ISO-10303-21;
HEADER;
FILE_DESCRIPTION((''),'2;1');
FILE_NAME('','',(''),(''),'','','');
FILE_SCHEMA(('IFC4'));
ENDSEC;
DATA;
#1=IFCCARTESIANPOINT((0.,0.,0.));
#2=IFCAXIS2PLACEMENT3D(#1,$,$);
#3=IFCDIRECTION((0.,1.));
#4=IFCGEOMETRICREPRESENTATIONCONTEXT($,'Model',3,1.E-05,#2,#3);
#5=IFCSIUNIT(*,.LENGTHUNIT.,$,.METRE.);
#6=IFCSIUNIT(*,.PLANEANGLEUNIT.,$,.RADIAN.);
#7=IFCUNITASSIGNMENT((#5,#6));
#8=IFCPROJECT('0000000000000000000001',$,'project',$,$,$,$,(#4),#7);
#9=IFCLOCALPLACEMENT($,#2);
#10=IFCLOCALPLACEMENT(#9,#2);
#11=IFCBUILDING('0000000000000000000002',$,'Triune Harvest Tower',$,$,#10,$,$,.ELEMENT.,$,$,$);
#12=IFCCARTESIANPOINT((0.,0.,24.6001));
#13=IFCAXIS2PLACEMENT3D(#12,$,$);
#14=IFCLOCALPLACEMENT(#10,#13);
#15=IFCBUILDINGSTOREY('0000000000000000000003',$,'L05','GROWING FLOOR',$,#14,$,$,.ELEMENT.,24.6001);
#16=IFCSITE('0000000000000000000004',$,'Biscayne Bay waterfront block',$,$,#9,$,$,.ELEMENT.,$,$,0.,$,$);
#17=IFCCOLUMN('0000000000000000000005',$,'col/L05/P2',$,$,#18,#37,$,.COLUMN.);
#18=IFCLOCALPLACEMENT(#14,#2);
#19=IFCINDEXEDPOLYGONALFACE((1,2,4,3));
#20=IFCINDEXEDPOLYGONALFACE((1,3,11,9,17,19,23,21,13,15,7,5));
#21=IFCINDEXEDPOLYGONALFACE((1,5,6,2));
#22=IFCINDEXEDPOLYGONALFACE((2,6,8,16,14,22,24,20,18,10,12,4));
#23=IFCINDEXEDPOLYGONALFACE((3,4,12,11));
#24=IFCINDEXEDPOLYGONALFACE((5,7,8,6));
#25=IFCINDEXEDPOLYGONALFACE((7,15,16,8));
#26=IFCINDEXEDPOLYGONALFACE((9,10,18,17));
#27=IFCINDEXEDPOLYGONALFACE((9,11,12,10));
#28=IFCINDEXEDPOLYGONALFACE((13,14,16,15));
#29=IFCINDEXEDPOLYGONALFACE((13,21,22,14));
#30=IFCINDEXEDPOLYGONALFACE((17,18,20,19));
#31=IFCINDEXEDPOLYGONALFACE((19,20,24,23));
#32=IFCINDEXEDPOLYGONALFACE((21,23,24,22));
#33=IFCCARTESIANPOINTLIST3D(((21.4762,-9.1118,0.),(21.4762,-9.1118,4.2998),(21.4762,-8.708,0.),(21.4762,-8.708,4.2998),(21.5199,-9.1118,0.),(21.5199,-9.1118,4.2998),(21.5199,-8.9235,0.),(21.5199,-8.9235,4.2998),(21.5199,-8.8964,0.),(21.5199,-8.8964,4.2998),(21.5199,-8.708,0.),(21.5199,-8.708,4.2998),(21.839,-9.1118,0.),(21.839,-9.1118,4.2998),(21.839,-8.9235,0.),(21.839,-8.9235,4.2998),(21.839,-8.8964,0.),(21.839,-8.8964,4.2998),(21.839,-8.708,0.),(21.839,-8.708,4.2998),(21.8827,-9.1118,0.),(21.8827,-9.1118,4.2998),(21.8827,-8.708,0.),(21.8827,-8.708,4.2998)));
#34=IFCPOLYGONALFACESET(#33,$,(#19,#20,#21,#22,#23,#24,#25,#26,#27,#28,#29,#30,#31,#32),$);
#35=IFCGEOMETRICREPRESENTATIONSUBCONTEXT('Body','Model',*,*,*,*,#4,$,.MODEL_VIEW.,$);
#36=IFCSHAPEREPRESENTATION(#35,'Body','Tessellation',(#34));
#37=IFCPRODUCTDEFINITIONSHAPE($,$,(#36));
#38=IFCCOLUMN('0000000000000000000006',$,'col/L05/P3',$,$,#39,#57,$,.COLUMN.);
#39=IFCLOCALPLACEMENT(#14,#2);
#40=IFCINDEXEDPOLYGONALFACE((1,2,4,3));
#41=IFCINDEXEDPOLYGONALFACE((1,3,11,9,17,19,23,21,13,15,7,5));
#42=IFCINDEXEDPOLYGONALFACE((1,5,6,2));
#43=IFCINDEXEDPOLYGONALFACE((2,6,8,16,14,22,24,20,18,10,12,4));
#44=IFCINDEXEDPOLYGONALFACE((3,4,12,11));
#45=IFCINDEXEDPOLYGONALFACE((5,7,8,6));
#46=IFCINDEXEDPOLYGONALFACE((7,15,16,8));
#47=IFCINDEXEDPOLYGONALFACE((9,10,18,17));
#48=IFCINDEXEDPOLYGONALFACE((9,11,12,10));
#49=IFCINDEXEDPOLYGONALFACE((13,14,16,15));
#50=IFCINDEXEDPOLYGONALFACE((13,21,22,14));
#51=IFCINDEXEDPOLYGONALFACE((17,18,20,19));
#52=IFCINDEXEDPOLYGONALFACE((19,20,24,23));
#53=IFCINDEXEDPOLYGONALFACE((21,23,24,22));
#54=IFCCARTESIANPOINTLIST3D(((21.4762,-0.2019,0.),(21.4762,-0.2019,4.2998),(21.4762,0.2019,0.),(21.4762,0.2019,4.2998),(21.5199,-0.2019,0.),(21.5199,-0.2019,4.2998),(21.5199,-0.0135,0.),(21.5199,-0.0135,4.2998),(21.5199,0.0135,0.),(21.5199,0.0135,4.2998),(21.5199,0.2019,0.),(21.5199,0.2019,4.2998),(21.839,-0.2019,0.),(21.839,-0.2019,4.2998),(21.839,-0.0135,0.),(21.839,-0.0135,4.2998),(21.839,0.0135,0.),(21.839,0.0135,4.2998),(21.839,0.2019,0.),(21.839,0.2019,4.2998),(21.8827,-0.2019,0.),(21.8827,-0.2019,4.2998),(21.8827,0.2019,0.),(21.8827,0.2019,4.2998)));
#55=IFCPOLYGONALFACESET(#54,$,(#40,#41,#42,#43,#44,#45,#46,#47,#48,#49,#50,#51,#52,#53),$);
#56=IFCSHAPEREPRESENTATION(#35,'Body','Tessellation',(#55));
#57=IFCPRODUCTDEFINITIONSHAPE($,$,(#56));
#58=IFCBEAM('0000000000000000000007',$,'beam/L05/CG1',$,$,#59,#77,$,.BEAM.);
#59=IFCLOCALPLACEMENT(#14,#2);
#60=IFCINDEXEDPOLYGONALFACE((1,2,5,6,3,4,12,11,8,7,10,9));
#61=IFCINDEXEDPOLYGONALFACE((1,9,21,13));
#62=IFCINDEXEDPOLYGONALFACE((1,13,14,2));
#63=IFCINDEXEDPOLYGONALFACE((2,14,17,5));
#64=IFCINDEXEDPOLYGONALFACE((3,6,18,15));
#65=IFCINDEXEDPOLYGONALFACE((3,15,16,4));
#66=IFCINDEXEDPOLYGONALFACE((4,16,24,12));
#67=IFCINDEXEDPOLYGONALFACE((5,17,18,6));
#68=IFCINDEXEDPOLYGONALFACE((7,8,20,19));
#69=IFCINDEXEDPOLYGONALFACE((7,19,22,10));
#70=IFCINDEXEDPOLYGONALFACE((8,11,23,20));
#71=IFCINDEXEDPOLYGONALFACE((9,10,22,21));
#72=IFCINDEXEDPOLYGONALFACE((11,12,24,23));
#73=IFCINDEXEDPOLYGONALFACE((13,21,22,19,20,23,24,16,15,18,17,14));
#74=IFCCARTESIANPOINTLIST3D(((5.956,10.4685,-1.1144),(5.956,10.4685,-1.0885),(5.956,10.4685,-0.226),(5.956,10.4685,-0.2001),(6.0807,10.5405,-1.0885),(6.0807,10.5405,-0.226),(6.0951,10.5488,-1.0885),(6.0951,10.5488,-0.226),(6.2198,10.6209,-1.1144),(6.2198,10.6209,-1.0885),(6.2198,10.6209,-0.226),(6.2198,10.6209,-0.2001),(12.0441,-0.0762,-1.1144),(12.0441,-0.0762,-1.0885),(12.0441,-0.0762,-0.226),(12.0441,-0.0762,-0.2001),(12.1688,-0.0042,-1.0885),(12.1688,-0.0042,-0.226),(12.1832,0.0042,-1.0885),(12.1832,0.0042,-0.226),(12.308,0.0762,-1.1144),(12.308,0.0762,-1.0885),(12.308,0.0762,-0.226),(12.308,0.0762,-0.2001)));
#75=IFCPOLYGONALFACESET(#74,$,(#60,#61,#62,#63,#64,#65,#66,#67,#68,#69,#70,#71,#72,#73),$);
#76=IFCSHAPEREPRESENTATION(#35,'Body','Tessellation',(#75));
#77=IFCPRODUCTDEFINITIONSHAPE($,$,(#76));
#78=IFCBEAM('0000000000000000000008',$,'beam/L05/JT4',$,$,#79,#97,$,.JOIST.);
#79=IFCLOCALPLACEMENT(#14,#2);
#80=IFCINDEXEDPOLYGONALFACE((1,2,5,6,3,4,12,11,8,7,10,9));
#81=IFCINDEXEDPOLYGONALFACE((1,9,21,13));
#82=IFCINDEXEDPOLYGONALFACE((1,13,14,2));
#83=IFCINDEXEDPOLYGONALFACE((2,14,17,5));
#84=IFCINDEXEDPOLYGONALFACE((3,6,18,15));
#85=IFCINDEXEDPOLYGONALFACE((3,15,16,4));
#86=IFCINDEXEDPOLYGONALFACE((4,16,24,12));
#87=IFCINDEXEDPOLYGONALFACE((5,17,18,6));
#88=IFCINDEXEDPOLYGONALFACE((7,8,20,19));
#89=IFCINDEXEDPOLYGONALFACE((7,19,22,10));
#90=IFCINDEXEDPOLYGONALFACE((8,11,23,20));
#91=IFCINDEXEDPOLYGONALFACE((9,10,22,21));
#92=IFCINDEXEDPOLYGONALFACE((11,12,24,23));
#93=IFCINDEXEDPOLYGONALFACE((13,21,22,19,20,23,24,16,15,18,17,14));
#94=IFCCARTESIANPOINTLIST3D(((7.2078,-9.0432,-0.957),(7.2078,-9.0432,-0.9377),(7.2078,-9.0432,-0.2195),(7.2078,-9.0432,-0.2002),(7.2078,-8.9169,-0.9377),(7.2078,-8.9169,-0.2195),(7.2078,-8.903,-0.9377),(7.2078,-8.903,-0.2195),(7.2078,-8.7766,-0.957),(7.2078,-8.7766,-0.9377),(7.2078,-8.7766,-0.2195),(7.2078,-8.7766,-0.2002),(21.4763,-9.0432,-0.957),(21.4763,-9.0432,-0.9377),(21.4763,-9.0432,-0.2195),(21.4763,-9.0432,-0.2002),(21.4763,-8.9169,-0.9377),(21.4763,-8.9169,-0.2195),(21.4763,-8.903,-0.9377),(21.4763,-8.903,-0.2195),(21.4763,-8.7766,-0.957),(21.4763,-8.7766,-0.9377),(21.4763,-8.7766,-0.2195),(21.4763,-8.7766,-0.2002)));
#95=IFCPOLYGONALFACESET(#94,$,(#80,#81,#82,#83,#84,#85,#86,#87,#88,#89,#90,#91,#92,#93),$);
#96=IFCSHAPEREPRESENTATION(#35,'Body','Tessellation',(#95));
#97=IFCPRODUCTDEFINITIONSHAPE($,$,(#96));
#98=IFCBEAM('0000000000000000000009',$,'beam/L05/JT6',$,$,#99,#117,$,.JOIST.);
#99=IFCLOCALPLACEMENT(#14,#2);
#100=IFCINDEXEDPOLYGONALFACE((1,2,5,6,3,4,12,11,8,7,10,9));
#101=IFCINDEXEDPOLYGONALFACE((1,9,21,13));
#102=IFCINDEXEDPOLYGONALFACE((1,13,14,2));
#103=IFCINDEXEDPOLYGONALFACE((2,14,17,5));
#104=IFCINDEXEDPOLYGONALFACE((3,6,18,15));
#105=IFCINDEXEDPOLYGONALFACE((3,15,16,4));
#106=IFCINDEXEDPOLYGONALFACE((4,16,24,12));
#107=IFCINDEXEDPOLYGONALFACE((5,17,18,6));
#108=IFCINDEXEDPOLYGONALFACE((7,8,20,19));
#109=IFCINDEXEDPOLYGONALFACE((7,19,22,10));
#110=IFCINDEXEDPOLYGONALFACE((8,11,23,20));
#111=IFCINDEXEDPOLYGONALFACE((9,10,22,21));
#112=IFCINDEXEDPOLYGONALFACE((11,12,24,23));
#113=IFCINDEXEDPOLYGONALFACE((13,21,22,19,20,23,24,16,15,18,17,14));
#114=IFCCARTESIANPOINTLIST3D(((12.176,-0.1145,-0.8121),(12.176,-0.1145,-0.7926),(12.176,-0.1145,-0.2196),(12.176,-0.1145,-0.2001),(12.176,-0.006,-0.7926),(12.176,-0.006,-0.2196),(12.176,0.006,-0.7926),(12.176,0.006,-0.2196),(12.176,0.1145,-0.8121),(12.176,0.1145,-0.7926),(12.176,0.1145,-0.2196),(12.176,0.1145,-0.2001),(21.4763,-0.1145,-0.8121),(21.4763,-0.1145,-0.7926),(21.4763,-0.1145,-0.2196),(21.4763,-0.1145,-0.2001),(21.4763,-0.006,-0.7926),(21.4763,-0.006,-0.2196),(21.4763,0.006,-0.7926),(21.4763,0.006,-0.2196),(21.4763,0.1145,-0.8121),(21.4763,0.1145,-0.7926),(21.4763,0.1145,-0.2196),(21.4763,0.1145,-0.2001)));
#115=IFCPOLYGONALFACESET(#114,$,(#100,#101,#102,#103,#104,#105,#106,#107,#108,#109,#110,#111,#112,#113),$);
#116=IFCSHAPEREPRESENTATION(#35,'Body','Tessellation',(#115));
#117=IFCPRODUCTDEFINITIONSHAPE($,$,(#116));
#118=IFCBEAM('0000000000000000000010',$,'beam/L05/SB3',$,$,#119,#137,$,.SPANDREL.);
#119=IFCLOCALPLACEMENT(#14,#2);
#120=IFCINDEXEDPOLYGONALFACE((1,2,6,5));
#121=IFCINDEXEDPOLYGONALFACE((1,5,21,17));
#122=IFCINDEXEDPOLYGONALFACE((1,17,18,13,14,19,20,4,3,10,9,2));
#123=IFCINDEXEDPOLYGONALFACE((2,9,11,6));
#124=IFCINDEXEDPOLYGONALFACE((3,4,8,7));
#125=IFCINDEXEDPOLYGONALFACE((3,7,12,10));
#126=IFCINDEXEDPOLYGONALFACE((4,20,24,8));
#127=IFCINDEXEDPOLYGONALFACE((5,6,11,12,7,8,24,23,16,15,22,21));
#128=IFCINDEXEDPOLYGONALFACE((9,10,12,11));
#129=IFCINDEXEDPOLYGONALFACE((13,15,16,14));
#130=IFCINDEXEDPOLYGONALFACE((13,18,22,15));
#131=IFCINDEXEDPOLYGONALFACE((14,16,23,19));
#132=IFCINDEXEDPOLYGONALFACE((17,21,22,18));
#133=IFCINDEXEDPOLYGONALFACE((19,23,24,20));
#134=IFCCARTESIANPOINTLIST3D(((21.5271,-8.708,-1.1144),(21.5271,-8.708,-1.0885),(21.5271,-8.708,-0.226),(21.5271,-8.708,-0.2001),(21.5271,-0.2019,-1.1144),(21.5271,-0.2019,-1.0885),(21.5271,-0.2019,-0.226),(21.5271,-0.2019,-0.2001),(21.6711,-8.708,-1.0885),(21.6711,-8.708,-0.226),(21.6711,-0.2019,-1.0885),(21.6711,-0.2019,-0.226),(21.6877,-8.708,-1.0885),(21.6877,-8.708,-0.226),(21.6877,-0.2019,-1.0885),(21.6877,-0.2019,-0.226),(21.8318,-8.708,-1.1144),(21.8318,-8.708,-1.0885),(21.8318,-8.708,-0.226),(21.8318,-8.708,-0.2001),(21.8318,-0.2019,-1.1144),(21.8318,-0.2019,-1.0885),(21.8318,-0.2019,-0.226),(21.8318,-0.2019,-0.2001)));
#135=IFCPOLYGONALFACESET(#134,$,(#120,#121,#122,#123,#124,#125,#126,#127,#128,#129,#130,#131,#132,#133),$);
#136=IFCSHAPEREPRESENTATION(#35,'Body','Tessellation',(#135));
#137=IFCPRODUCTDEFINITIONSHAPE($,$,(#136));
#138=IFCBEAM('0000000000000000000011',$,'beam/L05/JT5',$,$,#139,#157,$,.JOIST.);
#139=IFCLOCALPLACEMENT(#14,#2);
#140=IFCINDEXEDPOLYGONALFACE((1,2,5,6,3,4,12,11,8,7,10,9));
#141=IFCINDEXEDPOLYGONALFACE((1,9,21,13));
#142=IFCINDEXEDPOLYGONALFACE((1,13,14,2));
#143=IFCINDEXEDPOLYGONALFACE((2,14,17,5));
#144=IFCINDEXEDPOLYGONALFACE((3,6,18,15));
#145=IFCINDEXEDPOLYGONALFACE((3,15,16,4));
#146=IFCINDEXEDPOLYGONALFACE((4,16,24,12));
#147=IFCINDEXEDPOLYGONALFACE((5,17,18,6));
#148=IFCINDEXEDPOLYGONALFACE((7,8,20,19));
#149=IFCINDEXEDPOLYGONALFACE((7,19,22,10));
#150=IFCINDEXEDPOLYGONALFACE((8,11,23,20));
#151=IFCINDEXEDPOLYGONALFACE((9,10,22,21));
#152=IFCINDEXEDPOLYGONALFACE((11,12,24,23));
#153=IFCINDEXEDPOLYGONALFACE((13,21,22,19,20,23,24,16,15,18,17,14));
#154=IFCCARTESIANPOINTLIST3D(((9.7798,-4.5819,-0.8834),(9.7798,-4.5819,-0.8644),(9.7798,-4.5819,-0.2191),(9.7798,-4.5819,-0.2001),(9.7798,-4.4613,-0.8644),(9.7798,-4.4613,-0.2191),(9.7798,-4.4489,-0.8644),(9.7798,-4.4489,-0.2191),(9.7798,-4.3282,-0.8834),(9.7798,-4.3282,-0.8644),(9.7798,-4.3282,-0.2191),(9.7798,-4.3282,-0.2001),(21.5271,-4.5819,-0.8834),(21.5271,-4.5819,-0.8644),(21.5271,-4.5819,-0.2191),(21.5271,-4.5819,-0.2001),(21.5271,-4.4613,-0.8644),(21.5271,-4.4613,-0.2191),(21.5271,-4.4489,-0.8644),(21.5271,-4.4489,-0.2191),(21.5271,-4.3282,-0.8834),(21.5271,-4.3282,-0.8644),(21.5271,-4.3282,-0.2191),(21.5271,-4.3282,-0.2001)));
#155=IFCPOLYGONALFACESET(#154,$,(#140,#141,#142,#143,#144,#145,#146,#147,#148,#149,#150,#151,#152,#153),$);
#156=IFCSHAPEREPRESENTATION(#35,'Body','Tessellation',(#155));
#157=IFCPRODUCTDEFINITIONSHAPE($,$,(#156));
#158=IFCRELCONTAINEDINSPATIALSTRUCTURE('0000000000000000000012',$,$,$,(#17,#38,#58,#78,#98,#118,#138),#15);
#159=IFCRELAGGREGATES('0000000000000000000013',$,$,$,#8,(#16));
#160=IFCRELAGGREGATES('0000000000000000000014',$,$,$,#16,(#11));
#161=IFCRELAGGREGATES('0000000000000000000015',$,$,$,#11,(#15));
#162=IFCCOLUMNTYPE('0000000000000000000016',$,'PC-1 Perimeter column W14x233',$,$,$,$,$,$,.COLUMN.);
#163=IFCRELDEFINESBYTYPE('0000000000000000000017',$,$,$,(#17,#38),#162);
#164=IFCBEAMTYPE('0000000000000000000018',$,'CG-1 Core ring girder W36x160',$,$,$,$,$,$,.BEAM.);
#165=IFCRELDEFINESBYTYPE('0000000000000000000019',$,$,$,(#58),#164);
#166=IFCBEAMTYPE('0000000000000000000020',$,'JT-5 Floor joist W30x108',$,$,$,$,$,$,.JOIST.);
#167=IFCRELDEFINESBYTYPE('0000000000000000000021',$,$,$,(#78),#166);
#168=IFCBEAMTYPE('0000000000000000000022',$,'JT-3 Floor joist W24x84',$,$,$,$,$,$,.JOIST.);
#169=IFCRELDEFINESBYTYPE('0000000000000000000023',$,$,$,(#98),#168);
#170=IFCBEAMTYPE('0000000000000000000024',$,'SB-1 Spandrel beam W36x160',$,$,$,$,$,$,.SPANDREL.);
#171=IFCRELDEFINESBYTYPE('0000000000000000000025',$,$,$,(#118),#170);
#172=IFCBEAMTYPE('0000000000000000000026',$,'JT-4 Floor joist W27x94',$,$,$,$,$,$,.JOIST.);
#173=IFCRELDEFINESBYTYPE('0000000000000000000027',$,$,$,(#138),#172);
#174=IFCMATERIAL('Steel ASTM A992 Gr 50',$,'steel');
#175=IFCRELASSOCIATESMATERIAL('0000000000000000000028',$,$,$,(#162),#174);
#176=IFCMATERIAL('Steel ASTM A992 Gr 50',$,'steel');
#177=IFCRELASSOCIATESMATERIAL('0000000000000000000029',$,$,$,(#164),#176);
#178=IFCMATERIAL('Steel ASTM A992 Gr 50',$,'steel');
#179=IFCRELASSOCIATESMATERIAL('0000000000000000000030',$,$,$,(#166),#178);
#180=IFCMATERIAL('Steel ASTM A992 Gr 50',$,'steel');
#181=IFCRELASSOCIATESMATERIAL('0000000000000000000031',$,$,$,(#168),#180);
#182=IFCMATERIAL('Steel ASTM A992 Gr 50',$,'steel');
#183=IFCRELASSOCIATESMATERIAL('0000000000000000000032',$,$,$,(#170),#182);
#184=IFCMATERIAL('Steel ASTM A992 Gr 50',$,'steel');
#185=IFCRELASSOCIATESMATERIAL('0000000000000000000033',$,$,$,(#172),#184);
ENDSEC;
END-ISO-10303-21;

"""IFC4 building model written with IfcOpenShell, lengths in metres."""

from ifc_helpers import new_model, si_unit, direction, frame, origin, origin_2d, place, context, subcontext, project, spatial, i_section, extrude, source, transform, mapped, material, material_profile, profile_set, type_object, element, save


model = new_model("IFC4")

# Units and contexts
model_context = context("Model", 3, precision=1e-05, world=origin(), true_north=direction((0.0, 1.0)))
body_context = subcontext(model_context, "Body", "Model", "MODEL_VIEW")
ifc_project = project(units=[si_unit("LENGTHUNIT", "METRE"), si_unit("PLANEANGLEUNIT", "RADIAN")], contexts=[model_context])

# Site, building, storey
site_placement = place(None, origin())
site = spatial("IfcSite", under=ifc_project, at=site_placement, Name="Biscayne Bay waterfront block", CompositionType="ELEMENT", RefElevation=0.0)
building_placement = place(site_placement, origin())
building = spatial("IfcBuilding", under=site, at=building_placement, Name="Triune Harvest Tower", CompositionType="ELEMENT")
storey_placement = place(building_placement, frame((0.0, 0.0, 24.6001)))
storey = spatial("IfcBuildingStorey", under=building, at=storey_placement, Name="L05", Description="GROWING FLOOR", CompositionType="ELEMENT", Elevation=24.6001)

# Columns
ifc_material_1 = material(Name="Steel ASTM A992 Gr 50", Category="steel")
ifc_material_profile_1 = material_profile(ifc_material_1, i_section(OverallWidth=0.4038, OverallDepth=0.4065, WebThickness=0.0271, FlangeThickness=0.0437, at=origin_2d()), Name="W14x233")
ifc_profile_set_1 = profile_set([ifc_material_profile_1], Name="Steel ASTM A992 Gr 50")
column_type = type_object("IfcColumnType", Name="PC-1 Perimeter column W14x233", PredefinedType="COLUMN", material=ifc_profile_set_1)
shared_shape_1 = source(origin(), body_context, "Body", "SweptSolid", [
    extrude(i_section(OverallWidth=0.4038, OverallDepth=0.4065, WebThickness=0.0271, FlangeThickness=0.0437, at=origin_2d()), origin(), (0.0, 0.0, 1.0), 4.2998),
])
for number, where, z_axis, x_axis, name in (
    (1, (21.6794, -8.9099, 0.0), (0.0, 0.0, 1.0), (0.0, 1.0, 0.0), "col/L05/P2"),
    (2, (21.6794, 0.0, 0.0), (0.0, 0.0, 1.0), (0.0, 1.0, 0.0), "col/L05/P3"),
):
    element("IfcColumn", number, at=place(storey_placement, frame(where, z_axis=z_axis, x_axis=x_axis)), inside=storey, type_object=column_type, Name=name, PredefinedType="COLUMN", context=body_context, shape_type="MappedRepresentation", body=[
        mapped(shared_shape_1, transform((0.0, 0.0, 0.0), scale=1.0)),
    ])

# Beams
ifc_material_2 = material(Name="Steel ASTM A992 Gr 50", Category="steel")
ifc_material_profile_2 = material_profile(ifc_material_2, i_section(OverallWidth=0.3047, OverallDepth=0.9143, WebThickness=0.0166, FlangeThickness=0.0259, at=origin_2d()), Name="W36x160")
ifc_profile_set_2 = profile_set([ifc_material_profile_2], Name="Steel ASTM A992 Gr 50")
beam_type_1 = type_object("IfcBeamType", Name="CG-1 Core ring girder W36x160", PredefinedType="BEAM", material=ifc_profile_set_2)
shared_shape_2 = source(origin(), body_context, "Body", "SweptSolid", [
    extrude(i_section(OverallWidth=0.3047, OverallDepth=0.9143, WebThickness=0.0166, FlangeThickness=0.0259, at=origin_2d()), origin(), (0.0, 0.0, 1.0), 12.176),
])
beam_1_placement = place(storey_placement, frame((12.176, 0.0, -0.6572), z_axis=(-0.50001, 0.86602, 0.0), x_axis=(-0.86602, -0.50001, 0.0)))
element("IfcBeam", 3, at=beam_1_placement, inside=storey, type_object=beam_type_1, Name="beam/L05/CG1", PredefinedType="BEAM", context=body_context, shape_type="MappedRepresentation", body=[
    mapped(shared_shape_2, transform((0.0, 0.0, 0.0), scale=1.0)),
])
ifc_material_3 = material(Name="Steel ASTM A992 Gr 50", Category="steel")
ifc_material_profile_3 = material_profile(ifc_material_3, i_section(OverallWidth=0.2666, OverallDepth=0.7568, WebThickness=0.0139, FlangeThickness=0.0193, at=origin_2d()), Name="W30x108")
ifc_profile_set_3 = profile_set([ifc_material_profile_3], Name="Steel ASTM A992 Gr 50")
beam_type_2 = type_object("IfcBeamType", Name="JT-5 Floor joist W30x108", PredefinedType="JOIST", material=ifc_profile_set_3)
shared_shape_3 = source(origin(), body_context, "Body", "SweptSolid", [
    extrude(i_section(OverallWidth=0.2666, OverallDepth=0.7568, WebThickness=0.0139, FlangeThickness=0.0193, at=origin_2d()), origin(), (0.0, 0.0, 1.0), 14.2686),
])
beam_2_placement = place(storey_placement, frame((21.4763, -8.9099, -0.5786), z_axis=(-1.0, 0.0, 0.0), x_axis=(0.0, -1.0, 0.0)))
element("IfcBeam", 4, at=beam_2_placement, inside=storey, type_object=beam_type_2, Name="beam/L05/JT4", PredefinedType="JOIST", context=body_context, shape_type="MappedRepresentation", body=[
    mapped(shared_shape_3, transform((0.0, 0.0, 0.0), scale=1.0)),
])
ifc_material_4 = material(Name="Steel ASTM A992 Gr 50", Category="steel")
ifc_material_profile_4 = material_profile(ifc_material_4, i_section(OverallWidth=0.229, OverallDepth=0.6121, WebThickness=0.012, FlangeThickness=0.0195, at=origin_2d()), Name="W24x84")
ifc_profile_set_4 = profile_set([ifc_material_profile_4], Name="Steel ASTM A992 Gr 50")
beam_type_3 = type_object("IfcBeamType", Name="JT-3 Floor joist W24x84", PredefinedType="JOIST", material=ifc_profile_set_4)
shared_shape_4 = source(origin(), body_context, "Body", "SweptSolid", [
    extrude(i_section(OverallWidth=0.229, OverallDepth=0.6121, WebThickness=0.012, FlangeThickness=0.0195, at=origin_2d()), origin(), (0.0, 0.0, 1.0), 9.3003),
])
beam_3_placement = place(storey_placement, frame((21.4763, 0.0, -0.5061), z_axis=(-1.0, 0.0, 0.0), x_axis=(0.0, -1.0, 0.0)))
element("IfcBeam", 5, at=beam_3_placement, inside=storey, type_object=beam_type_3, Name="beam/L05/JT6", PredefinedType="JOIST", context=body_context, shape_type="MappedRepresentation", body=[
    mapped(shared_shape_4, transform((0.0, 0.0, 0.0), scale=1.0)),
])
ifc_material_5 = material(Name="Steel ASTM A992 Gr 50", Category="steel")
ifc_material_profile_5 = material_profile(ifc_material_5, i_section(OverallWidth=0.3047, OverallDepth=0.9143, WebThickness=0.0166, FlangeThickness=0.0259, at=origin_2d()), Name="W36x160")
ifc_profile_set_5 = profile_set([ifc_material_profile_5], Name="Steel ASTM A992 Gr 50")
beam_type_4 = type_object("IfcBeamType", Name="SB-1 Spandrel beam W36x160", PredefinedType="SPANDREL", material=ifc_profile_set_5)
shared_shape_5 = source(origin(), body_context, "Body", "SweptSolid", [
    extrude(i_section(OverallWidth=0.3047, OverallDepth=0.9143, WebThickness=0.0166, FlangeThickness=0.0259, at=origin_2d()), origin(), (0.0, 0.0, 1.0), 8.5061),
])
beam_4_placement = place(storey_placement, frame((21.6794, -8.708, -0.6572), z_axis=(0.0, 1.0, 0.0), x_axis=(-1.0, 0.0, 0.0)))
element("IfcBeam", 6, at=beam_4_placement, inside=storey, type_object=beam_type_4, Name="beam/L05/SB3", PredefinedType="SPANDREL", context=body_context, shape_type="MappedRepresentation", body=[
    mapped(shared_shape_5, transform((0.0, 0.0, 0.0), scale=1.0)),
])
ifc_material_6 = material(Name="Steel ASTM A992 Gr 50", Category="steel")
ifc_material_profile_6 = material_profile(ifc_material_6, i_section(OverallWidth=0.2537, OverallDepth=0.6833, WebThickness=0.0125, FlangeThickness=0.019, at=origin_2d()), Name="W27x94")
ifc_profile_set_6 = profile_set([ifc_material_profile_6], Name="Steel ASTM A992 Gr 50")
beam_type_5 = type_object("IfcBeamType", Name="JT-4 Floor joist W27x94", PredefinedType="JOIST", material=ifc_profile_set_6)
shared_shape_6 = source(origin(), body_context, "Body", "SweptSolid", [
    extrude(i_section(OverallWidth=0.2537, OverallDepth=0.6833, WebThickness=0.0125, FlangeThickness=0.019, at=origin_2d()), origin(), (0.0, 0.0, 1.0), 11.7473),
])
beam_5_placement = place(storey_placement, frame((21.5271, -4.4551, -0.5417), z_axis=(-1.0, 0.0, 0.0), x_axis=(0.0, -1.0, 0.0)))
element("IfcBeam", 7, at=beam_5_placement, inside=storey, type_object=beam_type_5, Name="beam/L05/JT5", PredefinedType="JOIST", context=body_context, shape_type="MappedRepresentation", body=[
    mapped(shared_shape_6, transform((0.0, 0.0, 0.0), scale=1.0)),
])

save(model, "model.ifc")
